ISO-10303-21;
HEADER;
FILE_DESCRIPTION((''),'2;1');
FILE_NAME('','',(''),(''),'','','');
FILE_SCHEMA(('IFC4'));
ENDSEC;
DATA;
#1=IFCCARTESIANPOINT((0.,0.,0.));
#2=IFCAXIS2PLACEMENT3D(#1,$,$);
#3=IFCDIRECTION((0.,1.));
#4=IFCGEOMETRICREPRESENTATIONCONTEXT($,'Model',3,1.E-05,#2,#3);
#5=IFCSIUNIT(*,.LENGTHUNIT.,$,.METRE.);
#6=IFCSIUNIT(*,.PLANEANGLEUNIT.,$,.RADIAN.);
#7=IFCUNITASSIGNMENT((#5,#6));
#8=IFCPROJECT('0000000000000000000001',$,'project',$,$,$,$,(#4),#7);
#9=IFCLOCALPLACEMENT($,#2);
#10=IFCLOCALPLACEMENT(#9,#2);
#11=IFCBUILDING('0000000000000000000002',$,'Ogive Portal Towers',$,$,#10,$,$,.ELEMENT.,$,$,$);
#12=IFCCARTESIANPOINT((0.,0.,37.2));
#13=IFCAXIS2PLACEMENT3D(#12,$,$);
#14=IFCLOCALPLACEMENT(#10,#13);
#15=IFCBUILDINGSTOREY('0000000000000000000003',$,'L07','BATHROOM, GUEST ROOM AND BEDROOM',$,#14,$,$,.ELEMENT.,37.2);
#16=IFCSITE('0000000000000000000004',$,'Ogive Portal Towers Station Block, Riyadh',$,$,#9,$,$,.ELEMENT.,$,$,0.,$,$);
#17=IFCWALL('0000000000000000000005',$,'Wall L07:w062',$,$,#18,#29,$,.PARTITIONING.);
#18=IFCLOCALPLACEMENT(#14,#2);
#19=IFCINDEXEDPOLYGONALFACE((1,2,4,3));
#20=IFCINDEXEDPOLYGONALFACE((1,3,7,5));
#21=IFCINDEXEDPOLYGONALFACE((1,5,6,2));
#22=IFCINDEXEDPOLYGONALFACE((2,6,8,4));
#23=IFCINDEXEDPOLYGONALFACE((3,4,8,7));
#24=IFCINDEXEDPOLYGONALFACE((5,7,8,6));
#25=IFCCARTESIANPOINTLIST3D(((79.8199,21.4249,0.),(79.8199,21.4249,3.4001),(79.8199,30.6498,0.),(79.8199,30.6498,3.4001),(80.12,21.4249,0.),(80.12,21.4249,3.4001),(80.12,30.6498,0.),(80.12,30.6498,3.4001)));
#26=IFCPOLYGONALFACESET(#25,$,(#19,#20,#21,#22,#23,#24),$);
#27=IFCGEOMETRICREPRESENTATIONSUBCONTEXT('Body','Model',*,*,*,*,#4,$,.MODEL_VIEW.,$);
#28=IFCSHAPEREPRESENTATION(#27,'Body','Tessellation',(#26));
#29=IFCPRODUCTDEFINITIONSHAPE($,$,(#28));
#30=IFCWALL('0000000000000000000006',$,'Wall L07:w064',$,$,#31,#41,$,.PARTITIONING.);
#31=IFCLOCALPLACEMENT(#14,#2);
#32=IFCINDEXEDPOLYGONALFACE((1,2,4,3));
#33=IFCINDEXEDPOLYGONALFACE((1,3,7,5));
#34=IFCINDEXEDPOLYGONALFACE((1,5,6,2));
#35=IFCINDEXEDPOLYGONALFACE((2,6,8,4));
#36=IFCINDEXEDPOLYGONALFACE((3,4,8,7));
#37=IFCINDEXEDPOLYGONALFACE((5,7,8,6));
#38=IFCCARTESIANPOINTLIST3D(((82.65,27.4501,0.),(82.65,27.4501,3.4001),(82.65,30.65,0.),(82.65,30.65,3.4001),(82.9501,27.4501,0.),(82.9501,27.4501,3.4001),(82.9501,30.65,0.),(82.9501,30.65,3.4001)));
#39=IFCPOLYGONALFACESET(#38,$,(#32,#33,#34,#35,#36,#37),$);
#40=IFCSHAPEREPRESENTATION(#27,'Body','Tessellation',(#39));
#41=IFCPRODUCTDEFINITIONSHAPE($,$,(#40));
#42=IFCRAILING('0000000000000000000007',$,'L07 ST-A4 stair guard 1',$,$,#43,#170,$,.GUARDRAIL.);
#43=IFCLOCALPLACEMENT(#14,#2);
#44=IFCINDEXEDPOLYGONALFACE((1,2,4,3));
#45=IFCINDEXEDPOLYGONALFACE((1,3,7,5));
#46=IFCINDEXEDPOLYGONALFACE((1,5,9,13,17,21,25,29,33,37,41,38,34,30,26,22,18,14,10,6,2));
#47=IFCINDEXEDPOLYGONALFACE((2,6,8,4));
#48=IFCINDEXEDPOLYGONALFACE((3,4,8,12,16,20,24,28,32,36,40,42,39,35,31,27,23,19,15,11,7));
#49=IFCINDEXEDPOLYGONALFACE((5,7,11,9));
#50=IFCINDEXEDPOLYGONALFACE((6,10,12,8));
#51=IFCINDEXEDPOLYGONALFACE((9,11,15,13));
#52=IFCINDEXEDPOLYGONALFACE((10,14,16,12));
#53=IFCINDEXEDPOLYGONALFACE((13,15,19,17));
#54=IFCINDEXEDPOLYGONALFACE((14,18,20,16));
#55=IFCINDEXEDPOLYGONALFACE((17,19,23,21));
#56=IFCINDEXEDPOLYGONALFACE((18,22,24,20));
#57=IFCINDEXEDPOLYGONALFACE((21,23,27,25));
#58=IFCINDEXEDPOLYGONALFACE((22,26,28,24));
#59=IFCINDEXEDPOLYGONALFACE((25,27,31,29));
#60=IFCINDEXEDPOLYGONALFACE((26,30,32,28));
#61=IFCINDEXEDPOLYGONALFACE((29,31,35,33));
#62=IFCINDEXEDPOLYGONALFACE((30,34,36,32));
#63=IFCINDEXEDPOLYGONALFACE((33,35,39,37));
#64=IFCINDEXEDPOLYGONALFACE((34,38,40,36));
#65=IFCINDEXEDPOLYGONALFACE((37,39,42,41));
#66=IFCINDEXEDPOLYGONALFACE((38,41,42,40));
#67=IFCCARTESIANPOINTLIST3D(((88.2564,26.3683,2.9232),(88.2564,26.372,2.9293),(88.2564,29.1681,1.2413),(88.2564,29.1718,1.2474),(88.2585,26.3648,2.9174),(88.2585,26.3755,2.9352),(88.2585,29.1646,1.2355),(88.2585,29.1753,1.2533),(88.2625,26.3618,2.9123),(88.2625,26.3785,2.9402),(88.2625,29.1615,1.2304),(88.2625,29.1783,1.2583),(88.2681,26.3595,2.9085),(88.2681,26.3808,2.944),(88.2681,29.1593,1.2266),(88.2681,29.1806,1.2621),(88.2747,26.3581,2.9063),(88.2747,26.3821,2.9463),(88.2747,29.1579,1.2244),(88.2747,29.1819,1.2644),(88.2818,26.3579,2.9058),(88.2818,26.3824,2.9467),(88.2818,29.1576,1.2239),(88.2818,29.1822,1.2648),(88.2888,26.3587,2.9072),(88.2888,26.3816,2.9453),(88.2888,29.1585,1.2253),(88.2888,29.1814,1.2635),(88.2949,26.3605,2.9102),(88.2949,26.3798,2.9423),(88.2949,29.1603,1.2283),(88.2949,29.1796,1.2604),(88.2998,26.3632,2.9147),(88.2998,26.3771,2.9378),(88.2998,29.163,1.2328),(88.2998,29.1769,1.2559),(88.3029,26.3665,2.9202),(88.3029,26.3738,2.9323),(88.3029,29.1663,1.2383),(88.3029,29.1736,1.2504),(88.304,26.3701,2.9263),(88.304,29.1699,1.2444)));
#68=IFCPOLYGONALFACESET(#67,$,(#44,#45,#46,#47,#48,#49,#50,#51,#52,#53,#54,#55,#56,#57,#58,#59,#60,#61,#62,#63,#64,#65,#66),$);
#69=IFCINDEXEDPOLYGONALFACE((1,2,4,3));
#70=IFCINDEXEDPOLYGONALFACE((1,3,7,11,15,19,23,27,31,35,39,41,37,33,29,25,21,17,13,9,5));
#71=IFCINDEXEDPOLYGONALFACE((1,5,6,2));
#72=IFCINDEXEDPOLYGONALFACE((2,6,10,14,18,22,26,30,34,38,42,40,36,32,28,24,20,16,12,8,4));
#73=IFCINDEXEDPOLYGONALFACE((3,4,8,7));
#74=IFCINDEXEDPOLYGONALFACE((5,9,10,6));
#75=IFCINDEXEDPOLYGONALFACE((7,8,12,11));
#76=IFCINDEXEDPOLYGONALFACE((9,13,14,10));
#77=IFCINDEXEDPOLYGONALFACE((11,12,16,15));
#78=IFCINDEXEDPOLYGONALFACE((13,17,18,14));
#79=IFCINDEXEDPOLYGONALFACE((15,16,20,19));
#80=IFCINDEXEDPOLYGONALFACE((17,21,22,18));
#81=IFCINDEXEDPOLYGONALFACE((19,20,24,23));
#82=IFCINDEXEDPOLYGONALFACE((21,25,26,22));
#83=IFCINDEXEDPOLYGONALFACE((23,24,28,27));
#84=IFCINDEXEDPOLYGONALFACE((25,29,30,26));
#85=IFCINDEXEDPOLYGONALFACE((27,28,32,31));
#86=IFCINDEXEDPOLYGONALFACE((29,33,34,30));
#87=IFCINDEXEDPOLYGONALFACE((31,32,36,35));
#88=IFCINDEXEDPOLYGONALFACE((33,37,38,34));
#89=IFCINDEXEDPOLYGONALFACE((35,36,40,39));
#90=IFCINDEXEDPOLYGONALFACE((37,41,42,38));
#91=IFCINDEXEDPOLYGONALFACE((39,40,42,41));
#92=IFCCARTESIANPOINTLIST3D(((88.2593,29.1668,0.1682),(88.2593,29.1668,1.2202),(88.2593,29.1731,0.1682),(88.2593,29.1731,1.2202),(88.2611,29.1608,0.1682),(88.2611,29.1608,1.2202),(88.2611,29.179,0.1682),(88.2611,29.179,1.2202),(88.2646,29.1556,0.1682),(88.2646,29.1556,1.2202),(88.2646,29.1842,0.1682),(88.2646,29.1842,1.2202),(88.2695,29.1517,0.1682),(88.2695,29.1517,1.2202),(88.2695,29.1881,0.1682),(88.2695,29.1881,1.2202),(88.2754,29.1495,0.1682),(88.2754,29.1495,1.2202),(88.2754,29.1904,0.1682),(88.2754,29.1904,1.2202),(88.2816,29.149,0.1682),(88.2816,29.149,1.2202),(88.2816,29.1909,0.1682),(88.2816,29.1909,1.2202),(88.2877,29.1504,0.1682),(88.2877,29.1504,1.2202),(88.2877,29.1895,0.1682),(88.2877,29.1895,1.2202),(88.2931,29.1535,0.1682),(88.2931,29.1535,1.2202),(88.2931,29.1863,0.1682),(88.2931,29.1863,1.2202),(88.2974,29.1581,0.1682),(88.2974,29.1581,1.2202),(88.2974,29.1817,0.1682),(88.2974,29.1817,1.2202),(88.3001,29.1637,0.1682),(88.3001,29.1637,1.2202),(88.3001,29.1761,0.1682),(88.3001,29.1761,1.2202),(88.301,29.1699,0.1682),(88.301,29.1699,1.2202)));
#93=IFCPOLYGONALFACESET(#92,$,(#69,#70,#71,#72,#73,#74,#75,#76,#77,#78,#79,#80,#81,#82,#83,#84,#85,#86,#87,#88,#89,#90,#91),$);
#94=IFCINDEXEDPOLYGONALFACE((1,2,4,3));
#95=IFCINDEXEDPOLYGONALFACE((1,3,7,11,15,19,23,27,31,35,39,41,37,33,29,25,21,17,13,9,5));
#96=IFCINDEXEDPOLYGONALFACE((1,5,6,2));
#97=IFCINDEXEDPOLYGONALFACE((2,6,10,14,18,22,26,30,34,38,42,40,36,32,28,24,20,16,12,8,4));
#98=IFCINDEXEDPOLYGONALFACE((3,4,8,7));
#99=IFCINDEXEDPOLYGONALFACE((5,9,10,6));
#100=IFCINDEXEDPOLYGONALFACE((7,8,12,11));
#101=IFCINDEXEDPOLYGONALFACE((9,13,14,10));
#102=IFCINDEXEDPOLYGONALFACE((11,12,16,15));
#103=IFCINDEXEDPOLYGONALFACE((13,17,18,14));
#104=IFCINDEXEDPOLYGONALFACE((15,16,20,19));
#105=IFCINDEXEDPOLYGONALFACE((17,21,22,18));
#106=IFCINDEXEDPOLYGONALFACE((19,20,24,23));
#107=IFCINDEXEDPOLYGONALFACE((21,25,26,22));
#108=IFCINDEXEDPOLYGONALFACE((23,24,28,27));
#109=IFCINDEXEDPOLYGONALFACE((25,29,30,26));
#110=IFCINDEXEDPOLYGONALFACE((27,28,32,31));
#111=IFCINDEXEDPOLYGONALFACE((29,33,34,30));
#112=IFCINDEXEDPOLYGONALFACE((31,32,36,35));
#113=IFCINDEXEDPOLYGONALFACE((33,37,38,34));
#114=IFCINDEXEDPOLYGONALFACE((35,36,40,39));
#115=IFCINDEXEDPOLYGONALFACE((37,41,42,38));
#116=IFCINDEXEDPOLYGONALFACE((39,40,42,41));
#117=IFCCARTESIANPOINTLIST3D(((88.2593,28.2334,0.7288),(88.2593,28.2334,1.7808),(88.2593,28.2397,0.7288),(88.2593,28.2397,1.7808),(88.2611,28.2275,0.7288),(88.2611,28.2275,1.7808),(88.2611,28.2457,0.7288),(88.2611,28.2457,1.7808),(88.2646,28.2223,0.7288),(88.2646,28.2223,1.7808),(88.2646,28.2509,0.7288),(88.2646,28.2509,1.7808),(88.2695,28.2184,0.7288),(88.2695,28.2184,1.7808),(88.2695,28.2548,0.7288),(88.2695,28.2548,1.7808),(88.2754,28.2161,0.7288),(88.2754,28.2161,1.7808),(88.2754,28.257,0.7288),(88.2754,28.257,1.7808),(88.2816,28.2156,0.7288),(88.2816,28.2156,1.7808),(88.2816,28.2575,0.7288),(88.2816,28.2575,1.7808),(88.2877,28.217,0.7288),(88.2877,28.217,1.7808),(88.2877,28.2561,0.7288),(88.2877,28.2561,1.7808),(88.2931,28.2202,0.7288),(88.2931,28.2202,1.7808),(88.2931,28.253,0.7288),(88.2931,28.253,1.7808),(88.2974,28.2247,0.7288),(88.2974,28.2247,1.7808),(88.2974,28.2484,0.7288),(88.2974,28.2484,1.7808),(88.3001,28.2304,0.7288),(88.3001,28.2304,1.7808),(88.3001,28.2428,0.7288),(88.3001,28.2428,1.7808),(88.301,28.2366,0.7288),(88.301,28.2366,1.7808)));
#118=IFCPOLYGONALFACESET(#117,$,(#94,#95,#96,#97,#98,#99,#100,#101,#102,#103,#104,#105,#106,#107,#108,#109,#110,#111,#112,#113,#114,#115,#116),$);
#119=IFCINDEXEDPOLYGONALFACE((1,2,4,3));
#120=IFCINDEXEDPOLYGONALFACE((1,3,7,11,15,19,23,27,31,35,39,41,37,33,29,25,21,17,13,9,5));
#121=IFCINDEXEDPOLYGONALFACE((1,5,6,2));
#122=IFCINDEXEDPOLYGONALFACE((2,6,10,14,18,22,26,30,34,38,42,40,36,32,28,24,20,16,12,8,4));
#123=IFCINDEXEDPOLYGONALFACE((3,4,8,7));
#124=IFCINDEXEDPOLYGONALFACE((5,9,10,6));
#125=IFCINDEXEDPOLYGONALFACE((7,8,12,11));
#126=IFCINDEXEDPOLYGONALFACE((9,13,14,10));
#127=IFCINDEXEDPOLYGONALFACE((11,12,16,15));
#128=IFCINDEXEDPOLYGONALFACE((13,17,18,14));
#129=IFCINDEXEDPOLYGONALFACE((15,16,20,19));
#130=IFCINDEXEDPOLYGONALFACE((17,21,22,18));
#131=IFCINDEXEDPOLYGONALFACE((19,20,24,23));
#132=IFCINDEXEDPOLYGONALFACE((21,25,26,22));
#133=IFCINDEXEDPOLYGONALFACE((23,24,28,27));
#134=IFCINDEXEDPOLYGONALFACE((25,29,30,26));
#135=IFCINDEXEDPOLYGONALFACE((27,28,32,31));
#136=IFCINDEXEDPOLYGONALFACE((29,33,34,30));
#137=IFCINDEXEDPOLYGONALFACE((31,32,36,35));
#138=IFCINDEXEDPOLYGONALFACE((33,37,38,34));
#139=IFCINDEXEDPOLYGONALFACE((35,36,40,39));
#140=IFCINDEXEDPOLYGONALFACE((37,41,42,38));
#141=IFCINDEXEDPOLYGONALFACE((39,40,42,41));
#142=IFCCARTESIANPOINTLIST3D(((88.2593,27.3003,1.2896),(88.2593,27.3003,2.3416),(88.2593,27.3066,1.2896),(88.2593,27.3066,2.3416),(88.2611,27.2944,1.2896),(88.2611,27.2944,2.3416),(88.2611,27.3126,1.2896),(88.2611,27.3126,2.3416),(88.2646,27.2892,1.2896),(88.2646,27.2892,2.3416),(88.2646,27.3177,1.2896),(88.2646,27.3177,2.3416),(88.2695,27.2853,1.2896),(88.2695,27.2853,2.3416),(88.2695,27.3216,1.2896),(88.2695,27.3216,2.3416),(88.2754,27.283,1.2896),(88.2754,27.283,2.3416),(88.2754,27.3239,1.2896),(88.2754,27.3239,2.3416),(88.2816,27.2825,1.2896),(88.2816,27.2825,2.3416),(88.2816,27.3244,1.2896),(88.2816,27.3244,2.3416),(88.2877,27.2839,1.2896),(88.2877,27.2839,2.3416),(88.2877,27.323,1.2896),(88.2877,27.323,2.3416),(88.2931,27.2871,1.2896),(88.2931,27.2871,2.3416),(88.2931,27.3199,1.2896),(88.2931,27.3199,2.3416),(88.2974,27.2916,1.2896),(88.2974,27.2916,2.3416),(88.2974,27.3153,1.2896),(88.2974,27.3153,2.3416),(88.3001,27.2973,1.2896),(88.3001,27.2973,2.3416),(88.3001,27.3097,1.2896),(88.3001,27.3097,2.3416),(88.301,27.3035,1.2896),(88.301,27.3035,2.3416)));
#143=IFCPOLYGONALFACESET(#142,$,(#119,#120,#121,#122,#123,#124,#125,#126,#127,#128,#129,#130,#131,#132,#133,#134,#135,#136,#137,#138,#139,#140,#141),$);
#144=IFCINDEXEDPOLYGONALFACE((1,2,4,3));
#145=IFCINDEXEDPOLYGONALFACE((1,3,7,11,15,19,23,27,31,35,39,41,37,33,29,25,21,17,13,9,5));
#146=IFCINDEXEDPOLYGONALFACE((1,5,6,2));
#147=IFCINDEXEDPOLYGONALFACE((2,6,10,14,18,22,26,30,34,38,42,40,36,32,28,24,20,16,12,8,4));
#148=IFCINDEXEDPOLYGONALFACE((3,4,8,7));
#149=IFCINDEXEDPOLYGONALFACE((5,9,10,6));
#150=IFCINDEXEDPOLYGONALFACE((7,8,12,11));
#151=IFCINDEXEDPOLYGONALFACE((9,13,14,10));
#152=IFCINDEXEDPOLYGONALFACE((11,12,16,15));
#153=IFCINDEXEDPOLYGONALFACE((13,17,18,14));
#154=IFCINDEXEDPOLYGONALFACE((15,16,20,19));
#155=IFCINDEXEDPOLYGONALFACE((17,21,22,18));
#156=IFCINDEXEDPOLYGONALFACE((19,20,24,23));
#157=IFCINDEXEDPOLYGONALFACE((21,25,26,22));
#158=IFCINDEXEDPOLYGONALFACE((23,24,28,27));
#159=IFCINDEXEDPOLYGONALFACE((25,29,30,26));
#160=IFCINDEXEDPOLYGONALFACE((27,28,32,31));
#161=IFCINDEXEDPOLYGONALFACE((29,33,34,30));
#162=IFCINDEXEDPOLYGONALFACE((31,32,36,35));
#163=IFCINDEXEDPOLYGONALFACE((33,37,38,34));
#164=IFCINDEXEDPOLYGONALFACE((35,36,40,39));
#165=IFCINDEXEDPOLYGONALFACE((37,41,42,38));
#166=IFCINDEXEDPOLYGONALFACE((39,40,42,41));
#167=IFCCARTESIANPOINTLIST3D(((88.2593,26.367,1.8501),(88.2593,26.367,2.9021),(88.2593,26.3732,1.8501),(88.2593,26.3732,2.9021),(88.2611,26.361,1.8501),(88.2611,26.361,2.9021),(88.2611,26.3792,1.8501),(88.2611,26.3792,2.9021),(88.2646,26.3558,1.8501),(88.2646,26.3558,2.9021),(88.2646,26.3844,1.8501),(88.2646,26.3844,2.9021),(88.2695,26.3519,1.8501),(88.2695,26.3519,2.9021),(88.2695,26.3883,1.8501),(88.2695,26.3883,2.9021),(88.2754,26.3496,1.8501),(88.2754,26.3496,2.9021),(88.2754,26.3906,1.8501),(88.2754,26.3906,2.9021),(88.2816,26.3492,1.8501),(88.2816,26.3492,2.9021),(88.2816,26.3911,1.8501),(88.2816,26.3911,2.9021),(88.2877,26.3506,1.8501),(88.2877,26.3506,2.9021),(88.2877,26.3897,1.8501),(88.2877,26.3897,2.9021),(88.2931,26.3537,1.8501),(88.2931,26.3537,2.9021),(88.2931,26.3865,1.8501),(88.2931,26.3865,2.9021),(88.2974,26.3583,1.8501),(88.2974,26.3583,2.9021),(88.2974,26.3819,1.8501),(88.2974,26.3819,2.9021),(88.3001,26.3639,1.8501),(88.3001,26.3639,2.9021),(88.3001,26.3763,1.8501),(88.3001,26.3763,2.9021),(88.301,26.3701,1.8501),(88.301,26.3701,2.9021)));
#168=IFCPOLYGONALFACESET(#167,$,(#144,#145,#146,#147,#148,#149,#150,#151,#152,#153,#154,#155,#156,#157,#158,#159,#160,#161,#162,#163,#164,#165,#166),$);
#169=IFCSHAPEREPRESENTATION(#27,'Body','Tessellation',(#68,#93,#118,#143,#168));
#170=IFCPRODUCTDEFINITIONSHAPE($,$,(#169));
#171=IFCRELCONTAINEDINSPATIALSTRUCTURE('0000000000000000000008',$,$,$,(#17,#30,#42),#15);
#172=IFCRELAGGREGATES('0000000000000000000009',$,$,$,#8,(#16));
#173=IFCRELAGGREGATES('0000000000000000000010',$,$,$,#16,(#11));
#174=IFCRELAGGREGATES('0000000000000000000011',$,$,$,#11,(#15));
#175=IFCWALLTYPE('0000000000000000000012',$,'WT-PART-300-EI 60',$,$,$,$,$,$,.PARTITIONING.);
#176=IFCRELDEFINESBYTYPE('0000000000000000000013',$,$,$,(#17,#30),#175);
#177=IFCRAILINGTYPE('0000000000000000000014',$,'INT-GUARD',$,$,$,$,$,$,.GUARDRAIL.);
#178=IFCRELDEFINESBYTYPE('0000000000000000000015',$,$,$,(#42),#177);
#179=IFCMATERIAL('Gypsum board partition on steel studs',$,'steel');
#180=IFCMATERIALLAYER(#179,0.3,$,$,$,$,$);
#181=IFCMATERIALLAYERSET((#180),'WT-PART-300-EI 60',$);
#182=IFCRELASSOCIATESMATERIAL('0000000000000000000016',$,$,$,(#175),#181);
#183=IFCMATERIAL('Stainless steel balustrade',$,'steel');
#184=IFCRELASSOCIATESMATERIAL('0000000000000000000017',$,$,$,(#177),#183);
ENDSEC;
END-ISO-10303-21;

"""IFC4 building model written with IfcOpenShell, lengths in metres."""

from ifc_helpers import new_model, si_unit, direction, frame, frame_2d, origin, origin_2d, place, context, subcontext, project, spatial, rectangle, circle, extrude, material, layer, layer_set, type_object, element, save


model = new_model("IFC4")

# Units and contexts
model_context = context("Model", 3, precision=1e-05, world=origin(), true_north=direction((0.0, 1.0)))
body_context = subcontext(model_context, "Body", "Model", "MODEL_VIEW")
ifc_project = project(units=[si_unit("LENGTHUNIT", "METRE"), si_unit("PLANEANGLEUNIT", "RADIAN")], contexts=[model_context])

# Site, building, storey
site_placement = place(None, origin())
site = spatial("IfcSite", under=ifc_project, at=site_placement, Name="Ogive Portal Towers Station Block, Riyadh", CompositionType="ELEMENT", RefElevation=0.0)
building_placement = place(site_placement, origin())
building = spatial("IfcBuilding", under=site, at=building_placement, Name="Ogive Portal Towers", CompositionType="ELEMENT")
storey_placement = place(building_placement, frame((0.0, 0.0, 37.2)))
storey = spatial("IfcBuildingStorey", under=building, at=storey_placement, Name="L07", Description="BATHROOM, GUEST ROOM AND BEDROOM", CompositionType="ELEMENT", Elevation=37.2)

# Shared definitions
ifc_material_1 = material(Name="Gypsum board partition on steel studs", Category="steel")
ifc_layer_1 = layer(ifc_material_1, 0.3)
ifc_layer_set_1 = layer_set([ifc_layer_1], Name="WT-PART-300-EI 60")
wall_type_1 = type_object("IfcWallType", Name="WT-PART-300-EI 60", PredefinedType="PARTITIONING", material=ifc_layer_set_1)

# Walls
for number, where, z_axis, x_axis, name in (
    (1, (79.97, 21.425, 0.0), (0.0, 0.0, 1.0), (0.0, 1.0, 0.0), "Wall L07:w062"),
):
    element("IfcWall", number, at=place(storey_placement, frame(where, z_axis=z_axis, x_axis=x_axis)), inside=storey, type_object=wall_type_1, Name=name, PredefinedType="PARTITIONING", context=body_context, shape_type="SweptSolid", body=[
        extrude(rectangle(XDim=9.2249, YDim=0.3, at=frame_2d((4.6123, 0.0))), origin(), (0.0, 0.0, 1.0), 3.4001),
    ])
wall_1_placement = place(storey_placement, frame((82.8, 27.45, 0.0), z_axis=(0.0, 0.0, 1.0), x_axis=(0.0, 1.0, 0.0)))
element("IfcWall", 2, at=wall_1_placement, inside=storey, type_object=wall_type_1, Name="Wall L07:w064", PredefinedType="PARTITIONING", context=body_context, shape_type="SweptSolid", body=[
    extrude(rectangle(XDim=3.2, YDim=0.3, at=frame_2d((1.6001, 0.0))), origin(), (0.0, 0.0, 1.0), 3.4001),
])

# Railing
ifc_material_2 = material(Name="Stainless steel balustrade", Category="steel")
railing_type_1 = type_object("IfcRailingType", Name="INT-GUARD", PredefinedType="GUARDRAIL", material=ifc_material_2)
railing_1_placement = place(storey_placement, frame((88.28, 29.1699, 0.1682)))
element("IfcRailing", 3, at=railing_1_placement, inside=storey, type_object=railing_type_1, Name="L07 ST-A4 stair guard 1", PredefinedType="GUARDRAIL", context=body_context, shape_type="SweptSolid", body=[
    extrude(circle(Radius=0.0239, at=origin_2d()), frame((0.0, 0.0, 1.0762), z_axis=(0.0, -0.857222, 0.514946), x_axis=(1.0, 0.0, 0.0)), (0.0, 0.0, 1.0), 3.2661),
    extrude(circle(Radius=0.021, at=origin_2d()), origin(), (0.0, 0.0, 1.0), 1.052),
    extrude(circle(Radius=0.021, at=origin_2d()), frame((0.0, -0.9333, 0.5605)), (0.0, 0.0, 1.0), 1.052),
    extrude(circle(Radius=0.021, at=origin_2d()), frame((0.0, -1.8665, 1.1213)), (0.0, 0.0, 1.0), 1.052),
    extrude(circle(Radius=0.021, at=origin_2d()), frame((0.0, -2.7998, 1.6819)), (0.0, 0.0, 1.0), 1.052),
])

save(model, "model.ifc")
